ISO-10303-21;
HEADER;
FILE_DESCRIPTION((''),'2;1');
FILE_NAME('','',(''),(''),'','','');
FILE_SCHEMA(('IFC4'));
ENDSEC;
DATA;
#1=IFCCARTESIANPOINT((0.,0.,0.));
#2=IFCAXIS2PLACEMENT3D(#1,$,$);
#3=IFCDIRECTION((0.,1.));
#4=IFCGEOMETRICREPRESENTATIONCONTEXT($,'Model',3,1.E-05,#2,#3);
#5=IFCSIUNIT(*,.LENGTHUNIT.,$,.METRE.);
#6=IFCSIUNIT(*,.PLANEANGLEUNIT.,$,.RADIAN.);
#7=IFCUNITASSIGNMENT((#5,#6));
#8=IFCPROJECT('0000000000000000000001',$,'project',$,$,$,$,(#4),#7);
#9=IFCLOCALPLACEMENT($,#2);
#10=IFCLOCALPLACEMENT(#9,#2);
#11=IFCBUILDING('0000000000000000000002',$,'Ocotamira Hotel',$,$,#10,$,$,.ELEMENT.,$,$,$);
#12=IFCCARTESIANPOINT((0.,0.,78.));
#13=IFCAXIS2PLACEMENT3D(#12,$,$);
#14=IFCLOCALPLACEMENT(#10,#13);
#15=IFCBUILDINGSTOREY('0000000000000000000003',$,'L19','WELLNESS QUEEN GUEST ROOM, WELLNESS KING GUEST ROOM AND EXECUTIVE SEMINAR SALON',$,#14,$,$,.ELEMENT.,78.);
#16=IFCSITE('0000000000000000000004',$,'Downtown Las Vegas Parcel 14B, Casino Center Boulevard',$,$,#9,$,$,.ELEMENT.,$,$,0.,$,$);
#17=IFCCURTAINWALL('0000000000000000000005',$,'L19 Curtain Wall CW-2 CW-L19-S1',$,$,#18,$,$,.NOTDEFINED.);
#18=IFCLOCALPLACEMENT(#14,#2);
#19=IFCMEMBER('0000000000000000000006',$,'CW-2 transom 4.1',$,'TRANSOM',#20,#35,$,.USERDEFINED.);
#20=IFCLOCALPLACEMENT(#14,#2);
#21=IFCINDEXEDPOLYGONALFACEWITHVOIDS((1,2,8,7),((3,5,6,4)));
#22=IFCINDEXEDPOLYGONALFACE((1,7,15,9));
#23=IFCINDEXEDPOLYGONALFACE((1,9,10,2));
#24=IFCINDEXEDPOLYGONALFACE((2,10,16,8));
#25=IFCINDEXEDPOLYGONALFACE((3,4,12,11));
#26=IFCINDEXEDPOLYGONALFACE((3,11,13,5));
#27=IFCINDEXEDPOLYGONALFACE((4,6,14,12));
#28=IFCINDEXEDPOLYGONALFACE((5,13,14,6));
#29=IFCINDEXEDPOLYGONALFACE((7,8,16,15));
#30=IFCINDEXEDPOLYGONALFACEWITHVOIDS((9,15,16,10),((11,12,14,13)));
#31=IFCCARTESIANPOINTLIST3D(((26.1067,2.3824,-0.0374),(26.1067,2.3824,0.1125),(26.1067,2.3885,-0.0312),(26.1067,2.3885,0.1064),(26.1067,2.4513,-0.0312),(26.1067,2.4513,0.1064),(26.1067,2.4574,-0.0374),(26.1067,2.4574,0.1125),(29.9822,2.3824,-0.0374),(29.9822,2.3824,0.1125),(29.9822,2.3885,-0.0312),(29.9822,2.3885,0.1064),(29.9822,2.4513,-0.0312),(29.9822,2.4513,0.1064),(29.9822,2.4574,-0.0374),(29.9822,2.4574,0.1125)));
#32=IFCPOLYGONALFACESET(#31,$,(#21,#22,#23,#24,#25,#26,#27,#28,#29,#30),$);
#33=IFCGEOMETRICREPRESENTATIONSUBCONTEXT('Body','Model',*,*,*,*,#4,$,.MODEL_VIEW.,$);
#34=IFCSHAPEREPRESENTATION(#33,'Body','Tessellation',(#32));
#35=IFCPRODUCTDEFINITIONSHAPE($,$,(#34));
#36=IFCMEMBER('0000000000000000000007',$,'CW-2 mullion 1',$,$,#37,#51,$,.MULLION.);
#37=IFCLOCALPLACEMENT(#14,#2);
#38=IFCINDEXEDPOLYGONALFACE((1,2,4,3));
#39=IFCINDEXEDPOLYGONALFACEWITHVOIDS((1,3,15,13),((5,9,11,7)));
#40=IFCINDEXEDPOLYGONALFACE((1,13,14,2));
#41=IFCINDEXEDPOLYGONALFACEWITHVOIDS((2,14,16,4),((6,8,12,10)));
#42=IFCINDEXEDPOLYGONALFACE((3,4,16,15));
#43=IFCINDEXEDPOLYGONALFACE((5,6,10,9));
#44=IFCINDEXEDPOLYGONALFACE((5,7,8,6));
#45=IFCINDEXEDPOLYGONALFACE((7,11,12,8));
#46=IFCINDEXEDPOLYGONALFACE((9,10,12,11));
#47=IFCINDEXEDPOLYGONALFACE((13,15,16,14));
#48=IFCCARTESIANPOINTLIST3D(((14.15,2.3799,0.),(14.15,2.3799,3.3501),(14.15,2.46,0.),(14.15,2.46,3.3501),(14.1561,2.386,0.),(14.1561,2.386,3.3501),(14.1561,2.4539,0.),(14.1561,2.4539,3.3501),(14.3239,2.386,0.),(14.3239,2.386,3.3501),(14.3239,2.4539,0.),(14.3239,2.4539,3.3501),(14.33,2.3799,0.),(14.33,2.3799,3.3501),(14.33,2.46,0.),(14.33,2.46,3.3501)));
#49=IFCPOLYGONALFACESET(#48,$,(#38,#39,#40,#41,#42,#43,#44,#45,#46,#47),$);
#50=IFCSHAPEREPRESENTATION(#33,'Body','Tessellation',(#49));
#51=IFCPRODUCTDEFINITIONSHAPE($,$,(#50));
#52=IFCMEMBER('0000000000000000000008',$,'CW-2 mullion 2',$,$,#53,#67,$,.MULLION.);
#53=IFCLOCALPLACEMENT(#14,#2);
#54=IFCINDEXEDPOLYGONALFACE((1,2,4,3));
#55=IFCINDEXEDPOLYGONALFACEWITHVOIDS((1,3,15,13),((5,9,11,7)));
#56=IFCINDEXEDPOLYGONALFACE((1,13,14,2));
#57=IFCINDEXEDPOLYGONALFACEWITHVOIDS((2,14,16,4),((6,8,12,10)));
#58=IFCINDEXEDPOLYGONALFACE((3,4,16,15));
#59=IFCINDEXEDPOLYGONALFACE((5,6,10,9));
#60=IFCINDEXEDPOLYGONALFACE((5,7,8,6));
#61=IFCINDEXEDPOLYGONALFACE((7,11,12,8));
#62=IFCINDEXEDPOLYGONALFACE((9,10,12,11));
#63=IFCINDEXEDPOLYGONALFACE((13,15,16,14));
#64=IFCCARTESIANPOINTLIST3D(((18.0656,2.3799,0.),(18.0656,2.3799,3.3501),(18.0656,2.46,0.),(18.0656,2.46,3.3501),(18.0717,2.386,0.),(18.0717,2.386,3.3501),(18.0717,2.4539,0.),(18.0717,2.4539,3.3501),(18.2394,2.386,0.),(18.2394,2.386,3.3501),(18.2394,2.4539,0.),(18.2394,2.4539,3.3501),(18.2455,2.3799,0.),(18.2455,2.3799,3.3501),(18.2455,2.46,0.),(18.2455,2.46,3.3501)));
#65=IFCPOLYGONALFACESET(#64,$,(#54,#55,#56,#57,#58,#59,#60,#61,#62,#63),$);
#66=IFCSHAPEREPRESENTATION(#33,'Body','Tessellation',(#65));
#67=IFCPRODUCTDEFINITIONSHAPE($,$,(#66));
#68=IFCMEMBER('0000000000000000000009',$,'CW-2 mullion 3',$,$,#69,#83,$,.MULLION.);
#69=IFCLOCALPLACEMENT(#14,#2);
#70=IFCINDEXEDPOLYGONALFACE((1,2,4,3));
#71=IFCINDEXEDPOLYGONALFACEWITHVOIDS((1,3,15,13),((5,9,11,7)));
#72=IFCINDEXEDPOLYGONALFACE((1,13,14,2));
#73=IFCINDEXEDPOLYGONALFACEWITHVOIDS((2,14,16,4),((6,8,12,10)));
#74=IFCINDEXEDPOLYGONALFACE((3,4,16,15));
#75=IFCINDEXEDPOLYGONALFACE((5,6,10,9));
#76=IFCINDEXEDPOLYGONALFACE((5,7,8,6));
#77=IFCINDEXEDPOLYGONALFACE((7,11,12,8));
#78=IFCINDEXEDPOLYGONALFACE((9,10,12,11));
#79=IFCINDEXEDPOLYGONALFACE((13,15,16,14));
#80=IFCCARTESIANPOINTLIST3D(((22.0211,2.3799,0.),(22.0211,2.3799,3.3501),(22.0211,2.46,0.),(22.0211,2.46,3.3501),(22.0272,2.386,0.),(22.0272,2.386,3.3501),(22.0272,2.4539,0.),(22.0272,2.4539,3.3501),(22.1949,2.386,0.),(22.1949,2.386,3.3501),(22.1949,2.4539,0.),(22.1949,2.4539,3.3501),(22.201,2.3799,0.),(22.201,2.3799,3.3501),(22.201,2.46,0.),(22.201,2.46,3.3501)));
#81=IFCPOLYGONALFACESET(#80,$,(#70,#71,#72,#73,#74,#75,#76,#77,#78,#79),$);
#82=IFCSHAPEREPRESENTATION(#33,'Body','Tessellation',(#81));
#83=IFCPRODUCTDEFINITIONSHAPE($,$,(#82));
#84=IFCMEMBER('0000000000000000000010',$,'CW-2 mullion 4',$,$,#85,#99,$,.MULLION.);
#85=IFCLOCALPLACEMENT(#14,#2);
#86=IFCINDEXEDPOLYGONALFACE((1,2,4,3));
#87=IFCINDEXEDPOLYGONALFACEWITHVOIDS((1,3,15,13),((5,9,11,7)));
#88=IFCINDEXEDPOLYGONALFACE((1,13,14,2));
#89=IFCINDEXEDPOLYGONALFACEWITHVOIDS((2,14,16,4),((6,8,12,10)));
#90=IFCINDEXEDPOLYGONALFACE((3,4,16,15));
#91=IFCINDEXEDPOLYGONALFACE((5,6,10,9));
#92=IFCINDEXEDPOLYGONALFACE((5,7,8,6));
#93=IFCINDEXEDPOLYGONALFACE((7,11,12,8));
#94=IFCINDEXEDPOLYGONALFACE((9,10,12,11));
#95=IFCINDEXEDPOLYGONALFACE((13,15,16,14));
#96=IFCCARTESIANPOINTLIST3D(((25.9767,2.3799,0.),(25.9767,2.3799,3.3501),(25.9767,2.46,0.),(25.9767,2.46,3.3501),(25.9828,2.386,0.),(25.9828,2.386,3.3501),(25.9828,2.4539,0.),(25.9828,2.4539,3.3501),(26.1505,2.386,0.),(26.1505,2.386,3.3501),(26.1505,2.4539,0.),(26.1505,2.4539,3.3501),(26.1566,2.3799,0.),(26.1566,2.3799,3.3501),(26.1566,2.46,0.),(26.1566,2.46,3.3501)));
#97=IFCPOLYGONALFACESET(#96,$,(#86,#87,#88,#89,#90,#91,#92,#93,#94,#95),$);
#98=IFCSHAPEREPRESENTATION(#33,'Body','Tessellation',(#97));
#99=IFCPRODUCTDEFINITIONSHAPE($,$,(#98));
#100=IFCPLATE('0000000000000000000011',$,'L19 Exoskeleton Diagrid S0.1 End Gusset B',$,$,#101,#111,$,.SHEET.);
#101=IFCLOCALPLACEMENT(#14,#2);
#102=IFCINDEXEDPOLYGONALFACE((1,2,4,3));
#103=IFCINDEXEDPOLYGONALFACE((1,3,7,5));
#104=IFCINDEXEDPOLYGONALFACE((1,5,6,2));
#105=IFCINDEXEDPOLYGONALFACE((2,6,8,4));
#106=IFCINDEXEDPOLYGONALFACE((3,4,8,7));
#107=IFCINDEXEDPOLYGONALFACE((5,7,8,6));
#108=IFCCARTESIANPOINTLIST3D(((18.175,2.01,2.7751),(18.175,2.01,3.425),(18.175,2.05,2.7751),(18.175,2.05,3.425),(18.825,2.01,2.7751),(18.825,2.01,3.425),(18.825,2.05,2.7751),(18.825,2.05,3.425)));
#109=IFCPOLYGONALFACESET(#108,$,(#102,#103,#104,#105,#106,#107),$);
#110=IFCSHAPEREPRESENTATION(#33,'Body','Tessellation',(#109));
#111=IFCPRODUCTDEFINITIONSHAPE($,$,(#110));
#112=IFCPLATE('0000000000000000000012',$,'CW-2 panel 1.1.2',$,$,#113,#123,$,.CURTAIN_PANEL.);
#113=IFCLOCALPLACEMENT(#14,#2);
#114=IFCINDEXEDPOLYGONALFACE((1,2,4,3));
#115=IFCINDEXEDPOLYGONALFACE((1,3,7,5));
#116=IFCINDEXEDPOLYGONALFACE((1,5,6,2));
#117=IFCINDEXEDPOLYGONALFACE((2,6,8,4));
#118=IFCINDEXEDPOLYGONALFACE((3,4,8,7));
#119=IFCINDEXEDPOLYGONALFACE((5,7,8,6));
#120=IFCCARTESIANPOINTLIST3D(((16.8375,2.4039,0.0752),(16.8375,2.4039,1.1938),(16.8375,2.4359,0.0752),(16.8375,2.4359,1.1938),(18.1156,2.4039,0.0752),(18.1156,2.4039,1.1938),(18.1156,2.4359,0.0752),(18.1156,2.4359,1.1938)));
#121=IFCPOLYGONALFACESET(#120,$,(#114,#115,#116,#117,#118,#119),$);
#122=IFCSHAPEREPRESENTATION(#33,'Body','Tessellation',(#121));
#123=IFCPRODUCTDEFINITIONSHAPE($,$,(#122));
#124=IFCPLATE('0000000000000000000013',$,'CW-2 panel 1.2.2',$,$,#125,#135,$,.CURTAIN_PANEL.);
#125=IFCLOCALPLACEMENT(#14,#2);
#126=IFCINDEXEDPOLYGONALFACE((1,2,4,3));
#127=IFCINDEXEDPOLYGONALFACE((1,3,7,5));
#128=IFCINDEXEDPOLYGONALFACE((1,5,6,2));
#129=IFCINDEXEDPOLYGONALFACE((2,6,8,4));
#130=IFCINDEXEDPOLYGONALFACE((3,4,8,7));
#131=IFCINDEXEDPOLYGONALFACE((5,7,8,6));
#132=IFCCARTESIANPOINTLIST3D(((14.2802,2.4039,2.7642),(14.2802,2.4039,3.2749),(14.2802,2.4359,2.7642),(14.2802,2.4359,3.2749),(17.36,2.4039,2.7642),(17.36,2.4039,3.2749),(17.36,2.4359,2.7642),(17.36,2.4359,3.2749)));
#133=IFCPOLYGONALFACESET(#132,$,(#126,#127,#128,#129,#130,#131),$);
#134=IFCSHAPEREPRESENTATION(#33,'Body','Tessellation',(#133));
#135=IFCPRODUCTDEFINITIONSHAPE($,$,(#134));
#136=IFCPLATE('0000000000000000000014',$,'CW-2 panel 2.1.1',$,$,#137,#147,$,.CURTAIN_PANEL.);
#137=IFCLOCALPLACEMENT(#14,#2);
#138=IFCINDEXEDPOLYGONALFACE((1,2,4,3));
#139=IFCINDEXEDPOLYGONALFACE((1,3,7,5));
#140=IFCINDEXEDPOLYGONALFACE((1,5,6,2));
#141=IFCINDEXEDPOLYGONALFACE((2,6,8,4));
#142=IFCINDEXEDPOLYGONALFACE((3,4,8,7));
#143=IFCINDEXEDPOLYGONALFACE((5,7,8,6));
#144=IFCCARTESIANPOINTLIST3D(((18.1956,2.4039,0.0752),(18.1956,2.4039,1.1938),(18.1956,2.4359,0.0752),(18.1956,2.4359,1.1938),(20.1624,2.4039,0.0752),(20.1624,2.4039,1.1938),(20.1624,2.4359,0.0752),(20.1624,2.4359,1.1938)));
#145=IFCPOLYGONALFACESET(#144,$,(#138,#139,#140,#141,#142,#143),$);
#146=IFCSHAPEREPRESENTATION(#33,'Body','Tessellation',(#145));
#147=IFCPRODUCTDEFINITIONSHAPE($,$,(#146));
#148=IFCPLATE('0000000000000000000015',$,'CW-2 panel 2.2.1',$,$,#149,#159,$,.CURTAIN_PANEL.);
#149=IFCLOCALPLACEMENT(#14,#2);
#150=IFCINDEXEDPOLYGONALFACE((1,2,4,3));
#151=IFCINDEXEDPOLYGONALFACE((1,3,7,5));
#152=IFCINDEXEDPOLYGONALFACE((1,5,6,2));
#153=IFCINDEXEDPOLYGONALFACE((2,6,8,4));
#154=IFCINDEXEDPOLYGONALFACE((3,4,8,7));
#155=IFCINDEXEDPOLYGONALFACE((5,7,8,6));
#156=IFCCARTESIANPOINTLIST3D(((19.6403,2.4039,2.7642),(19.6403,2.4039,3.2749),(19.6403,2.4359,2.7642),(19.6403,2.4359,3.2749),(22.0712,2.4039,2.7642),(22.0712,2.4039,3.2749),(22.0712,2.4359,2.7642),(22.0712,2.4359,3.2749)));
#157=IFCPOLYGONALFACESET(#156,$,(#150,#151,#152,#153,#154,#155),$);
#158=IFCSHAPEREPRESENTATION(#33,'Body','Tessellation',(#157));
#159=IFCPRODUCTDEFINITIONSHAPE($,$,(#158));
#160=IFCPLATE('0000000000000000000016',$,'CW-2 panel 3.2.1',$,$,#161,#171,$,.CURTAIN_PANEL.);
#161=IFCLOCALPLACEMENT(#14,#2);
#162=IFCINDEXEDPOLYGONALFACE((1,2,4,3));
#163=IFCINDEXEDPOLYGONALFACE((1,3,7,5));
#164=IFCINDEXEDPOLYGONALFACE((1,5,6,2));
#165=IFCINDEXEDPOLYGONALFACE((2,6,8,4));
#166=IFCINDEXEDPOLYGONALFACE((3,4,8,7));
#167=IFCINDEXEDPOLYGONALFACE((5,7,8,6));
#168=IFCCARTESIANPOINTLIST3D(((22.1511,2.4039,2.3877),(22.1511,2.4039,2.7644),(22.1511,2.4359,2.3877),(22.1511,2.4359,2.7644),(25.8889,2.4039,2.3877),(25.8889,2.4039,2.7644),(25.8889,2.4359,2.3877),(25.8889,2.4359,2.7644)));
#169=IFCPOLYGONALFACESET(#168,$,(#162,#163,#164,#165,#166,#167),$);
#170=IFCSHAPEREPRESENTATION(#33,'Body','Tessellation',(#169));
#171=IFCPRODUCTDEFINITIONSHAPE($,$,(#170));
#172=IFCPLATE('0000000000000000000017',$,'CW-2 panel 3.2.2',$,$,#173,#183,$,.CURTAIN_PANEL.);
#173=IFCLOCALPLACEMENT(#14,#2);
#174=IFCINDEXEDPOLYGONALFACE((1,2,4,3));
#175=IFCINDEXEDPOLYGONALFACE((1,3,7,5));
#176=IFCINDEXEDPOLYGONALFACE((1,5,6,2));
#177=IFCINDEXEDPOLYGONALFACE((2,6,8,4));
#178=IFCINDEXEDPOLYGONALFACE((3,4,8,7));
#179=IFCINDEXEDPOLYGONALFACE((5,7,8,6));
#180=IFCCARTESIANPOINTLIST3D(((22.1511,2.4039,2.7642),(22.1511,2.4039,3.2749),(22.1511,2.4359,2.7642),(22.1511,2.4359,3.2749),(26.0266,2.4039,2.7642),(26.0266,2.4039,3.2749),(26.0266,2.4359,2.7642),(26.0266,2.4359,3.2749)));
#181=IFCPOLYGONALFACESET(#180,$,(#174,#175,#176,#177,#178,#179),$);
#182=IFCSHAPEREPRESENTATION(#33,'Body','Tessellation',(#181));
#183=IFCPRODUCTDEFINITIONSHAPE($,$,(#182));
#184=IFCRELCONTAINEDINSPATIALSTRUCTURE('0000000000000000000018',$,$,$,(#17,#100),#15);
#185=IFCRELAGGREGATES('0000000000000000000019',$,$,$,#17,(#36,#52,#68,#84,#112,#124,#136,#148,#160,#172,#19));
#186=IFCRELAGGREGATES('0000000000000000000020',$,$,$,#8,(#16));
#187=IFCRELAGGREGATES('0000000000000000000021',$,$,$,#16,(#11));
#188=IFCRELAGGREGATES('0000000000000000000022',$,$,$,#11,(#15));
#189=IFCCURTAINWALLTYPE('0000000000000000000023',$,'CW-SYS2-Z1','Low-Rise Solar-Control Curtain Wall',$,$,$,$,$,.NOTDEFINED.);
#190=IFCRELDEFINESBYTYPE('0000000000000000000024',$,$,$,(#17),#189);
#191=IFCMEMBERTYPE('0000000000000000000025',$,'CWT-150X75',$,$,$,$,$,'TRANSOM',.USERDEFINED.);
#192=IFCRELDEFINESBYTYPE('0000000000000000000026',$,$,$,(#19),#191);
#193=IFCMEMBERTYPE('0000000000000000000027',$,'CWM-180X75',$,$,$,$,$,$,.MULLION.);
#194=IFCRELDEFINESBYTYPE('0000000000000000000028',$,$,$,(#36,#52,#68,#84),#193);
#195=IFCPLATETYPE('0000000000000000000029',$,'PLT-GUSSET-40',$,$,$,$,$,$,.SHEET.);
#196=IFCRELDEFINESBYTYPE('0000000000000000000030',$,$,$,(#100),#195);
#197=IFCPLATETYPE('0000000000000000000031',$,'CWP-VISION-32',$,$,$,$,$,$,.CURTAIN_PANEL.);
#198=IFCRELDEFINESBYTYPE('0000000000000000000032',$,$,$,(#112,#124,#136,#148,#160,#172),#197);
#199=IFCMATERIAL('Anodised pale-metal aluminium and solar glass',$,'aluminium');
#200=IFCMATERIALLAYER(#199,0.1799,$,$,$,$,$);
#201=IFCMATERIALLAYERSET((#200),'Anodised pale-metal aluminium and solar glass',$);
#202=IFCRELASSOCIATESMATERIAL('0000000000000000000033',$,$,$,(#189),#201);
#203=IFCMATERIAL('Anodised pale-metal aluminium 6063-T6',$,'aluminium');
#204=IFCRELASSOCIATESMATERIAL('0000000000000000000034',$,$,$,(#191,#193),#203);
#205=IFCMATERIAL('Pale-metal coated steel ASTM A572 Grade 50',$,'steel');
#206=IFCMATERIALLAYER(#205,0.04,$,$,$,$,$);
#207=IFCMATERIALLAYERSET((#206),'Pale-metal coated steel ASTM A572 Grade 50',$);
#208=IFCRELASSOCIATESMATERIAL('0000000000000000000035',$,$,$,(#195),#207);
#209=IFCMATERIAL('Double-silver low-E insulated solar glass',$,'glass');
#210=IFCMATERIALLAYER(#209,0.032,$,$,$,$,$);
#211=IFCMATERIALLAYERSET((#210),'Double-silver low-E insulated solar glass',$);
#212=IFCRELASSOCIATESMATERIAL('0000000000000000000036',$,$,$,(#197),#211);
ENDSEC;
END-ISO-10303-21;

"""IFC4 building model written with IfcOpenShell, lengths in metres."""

from ifc_helpers import new_model, si_unit, direction, frame, origin, origin_2d, place, context, subcontext, project, spatial, rectangle, hollow_rectangle, extrude, source, transform, mapped, material, layer, layer_set, material_profile, profile_set, type_object, element, aggregate, save


model = new_model("IFC4")

# Units and contexts
model_context = context("Model", 3, precision=1e-05, world=origin(), true_north=direction((0.0, 1.0)))
body_context = subcontext(model_context, "Body", "Model", "MODEL_VIEW")
ifc_project = project(units=[si_unit("LENGTHUNIT", "METRE"), si_unit("PLANEANGLEUNIT", "RADIAN")], contexts=[model_context])

# Site, building, storey
site_placement = place(None, origin())
site = spatial("IfcSite", under=ifc_project, at=site_placement, Name="Downtown Las Vegas Parcel 14B, Casino Center Boulevard", CompositionType="ELEMENT", RefElevation=0.0)
building_placement = place(site_placement, origin())
building = spatial("IfcBuilding", under=site, at=building_placement, Name="Ocotamira Hotel", CompositionType="ELEMENT")
storey_placement = place(building_placement, frame((0.0, 0.0, 78.0)))
storey = spatial("IfcBuildingStorey", under=building, at=storey_placement, Name="L19", Description="WELLNESS QUEEN GUEST ROOM, WELLNESS KING GUEST ROOM AND EXECUTIVE SEMINAR SALON", CompositionType="ELEMENT", Elevation=78.0)

# Curtain wall, members
ifc_material_1 = material(Name="Anodised pale-metal aluminium and solar glass", Category="aluminium")
ifc_layer_1 = layer(ifc_material_1, 0.1799)
ifc_layer_set_1 = layer_set([ifc_layer_1], Name="Anodised pale-metal aluminium and solar glass")
curtain_wall_type = type_object("IfcCurtainWallType", Name="CW-SYS2-Z1", Description="Low-Rise Solar-Control Curtain Wall", PredefinedType="NOTDEFINED", material=ifc_layer_set_1)
curtain_wall_placement = place(storey_placement, origin())
curtain_wall = element("IfcCurtainWall", 1, at=curtain_wall_placement, inside=storey, type_object=curtain_wall_type, Name="L19 Curtain Wall CW-2 CW-L19-S1", PredefinedType="NOTDEFINED")
ifc_material_2 = material(Name="Anodised pale-metal aluminium 6063-T6", Category="aluminium")
ifc_material_profile_1 = material_profile(ifc_material_2, hollow_rectangle(XDim=0.075, YDim=0.1499, WallThickness=0.0061, at=origin_2d()), Name="HSS150X75X6")
ifc_profile_set_1 = profile_set([ifc_material_profile_1], Name="Anodised pale-metal aluminium 6063-T6")
member_type_1 = type_object("IfcMemberType", Name="CWT-150X75", ElementType="TRANSOM", PredefinedType="USERDEFINED", material=ifc_profile_set_1)
shared_shape_1 = source(origin(), body_context, "Body", "SweptSolid", [
    extrude(hollow_rectangle(XDim=0.075, YDim=0.1499, WallThickness=0.0061, at=origin_2d()), origin(), (0.0, 0.0, 1.0), 3.8755),
])
member_1_placement = place(storey_placement, frame((26.1067, 2.4199, 0.0376), z_axis=(1.0, 0.0, 0.0), x_axis=(0.0, 1.0, 0.0)))
member_1 = element("IfcMember", 2, at=member_1_placement, type_object=member_type_1, Name="CW-2 transom 4.1", ObjectType="TRANSOM", PredefinedType="USERDEFINED", context=body_context, shape_type="MappedRepresentation", body=[
    mapped(shared_shape_1, transform((0.0, 0.0, 0.0), scale=1.0)),
])
ifc_material_profile_2 = material_profile(ifc_material_2, hollow_rectangle(XDim=0.0801, YDim=0.1799, WallThickness=0.0061, at=origin_2d()), Name="HSS180X80X6")
ifc_profile_set_2 = profile_set([ifc_material_profile_2], Name="Anodised pale-metal aluminium 6063-T6")
member_type_2 = type_object("IfcMemberType", Name="CWM-180X75", PredefinedType="MULLION", material=ifc_profile_set_2)
shared_shape_2 = source(origin(), body_context, "Body", "SweptSolid", [
    extrude(hollow_rectangle(XDim=0.0801, YDim=0.1799, WallThickness=0.0061, at=origin_2d()), origin(), (0.0, 0.0, 1.0), 3.3501),
])
member_2_placement = place(storey_placement, frame((14.24, 2.4199, 0.0), z_axis=(0.0, 0.0, 1.0), x_axis=(0.0, 1.0, 0.0)))
member_2 = element("IfcMember", 3, at=member_2_placement, type_object=member_type_2, Name="CW-2 mullion 1", PredefinedType="MULLION", context=body_context, shape_type="MappedRepresentation", body=[
    mapped(shared_shape_2, transform((0.0, 0.0, 0.0), scale=1.0)),
])
member_3_placement = place(storey_placement, frame((18.1555, 2.4199, 0.0), z_axis=(0.0, 0.0, 1.0), x_axis=(0.0, 1.0, 0.0)))
member_3 = element("IfcMember", 4, at=member_3_placement, type_object=member_type_2, Name="CW-2 mullion 2", PredefinedType="MULLION", context=body_context, shape_type="MappedRepresentation", body=[
    mapped(shared_shape_2, transform((0.0, 0.0, 0.0), scale=1.0)),
])
member_4_placement = place(storey_placement, frame((22.1111, 2.4199, 0.0), z_axis=(0.0, 0.0, 1.0), x_axis=(0.0, 1.0, 0.0)))
member_4 = element("IfcMember", 5, at=member_4_placement, type_object=member_type_2, Name="CW-2 mullion 3", PredefinedType="MULLION", context=body_context, shape_type="MappedRepresentation", body=[
    mapped(shared_shape_2, transform((0.0, 0.0, 0.0), scale=1.0)),
])
member_5_placement = place(storey_placement, frame((26.0667, 2.4199, 0.0), z_axis=(0.0, 0.0, 1.0), x_axis=(0.0, 1.0, 0.0)))
member_5 = element("IfcMember", 6, at=member_5_placement, type_object=member_type_2, Name="CW-2 mullion 4", PredefinedType="MULLION", context=body_context, shape_type="MappedRepresentation", body=[
    mapped(shared_shape_2, transform((0.0, 0.0, 0.0), scale=1.0)),
])

# Plates
ifc_material_3 = material(Name="Pale-metal coated steel ASTM A572 Grade 50", Category="steel")
ifc_layer_2 = layer(ifc_material_3, 0.04)
ifc_layer_set_2 = layer_set([ifc_layer_2], Name="Pale-metal coated steel ASTM A572 Grade 50")
plate_type_1 = type_object("IfcPlateType", Name="PLT-GUSSET-40", PredefinedType="SHEET", material=ifc_layer_set_2)
shared_shape_3 = source(origin(), body_context, "Body", "SweptSolid", [
    extrude(rectangle(XDim=0.6499, YDim=0.04, at=origin_2d()), origin(), (0.0, 0.0, 1.0), 0.6499),
])
plate_1_placement = place(storey_placement, frame((18.5, 2.03, 2.7751), z_axis=(0.0, 0.0, 1.0), x_axis=(1.0, 0.0, 0.0)))
element("IfcPlate", 7, at=plate_1_placement, inside=storey, type_object=plate_type_1, Name="L19 Exoskeleton Diagrid S0.1 End Gusset B", PredefinedType="SHEET", context=body_context, shape_type="MappedRepresentation", body=[
    mapped(shared_shape_3, transform((0.0, 0.0, 0.0), scale=1.0)),
])
ifc_material_4 = material(Name="Double-silver low-E insulated solar glass", Category="glass")
ifc_layer_3 = layer(ifc_material_4, 0.032)
ifc_layer_set_3 = layer_set([ifc_layer_3], Name="Double-silver low-E insulated solar glass")
plate_type_2 = type_object("IfcPlateType", Name="CWP-VISION-32", PredefinedType="CURTAIN_PANEL", material=ifc_layer_set_3)
shared_shape_4 = source(origin(), body_context, "Body", "SweptSolid", [
    extrude(rectangle(XDim=1.2781, YDim=0.032, at=origin_2d()), origin(), (0.0, 0.0, 1.0), 1.1187),
])
plate_2_placement = place(storey_placement, frame((17.4766, 2.4199, 0.0752), z_axis=(0.0, 0.0, 1.0), x_axis=(1.0, 0.0, 0.0)))
plate_2 = element("IfcPlate", 8, at=plate_2_placement, type_object=plate_type_2, Name="CW-2 panel 1.1.2", PredefinedType="CURTAIN_PANEL", context=body_context, shape_type="MappedRepresentation", body=[
    mapped(shared_shape_4, transform((0.0, 0.0, 0.0), scale=1.0)),
])
shared_shape_5 = source(origin(), body_context, "Body", "SweptSolid", [
    extrude(rectangle(XDim=3.0798, YDim=0.032, at=origin_2d()), origin(), (0.0, 0.0, 1.0), 0.5107),
])
plate_3_placement = place(storey_placement, frame((15.8201, 2.4199, 2.7642), z_axis=(0.0, 0.0, 1.0), x_axis=(1.0, 0.0, 0.0)))
plate_3 = element("IfcPlate", 9, at=plate_3_placement, type_object=plate_type_2, Name="CW-2 panel 1.2.2", PredefinedType="CURTAIN_PANEL", context=body_context, shape_type="MappedRepresentation", body=[
    mapped(shared_shape_5, transform((0.0, 0.0, 0.0), scale=1.0)),
])
shared_shape_6 = source(origin(), body_context, "Body", "SweptSolid", [
    extrude(rectangle(XDim=1.9668, YDim=0.032, at=origin_2d()), origin(), (0.0, 0.0, 1.0), 1.1187),
])
plate_4_placement = place(storey_placement, frame((19.179, 2.4199, 0.0752), z_axis=(0.0, 0.0, 1.0), x_axis=(1.0, 0.0, 0.0)))
plate_4 = element("IfcPlate", 10, at=plate_4_placement, type_object=plate_type_2, Name="CW-2 panel 2.1.1", PredefinedType="CURTAIN_PANEL", context=body_context, shape_type="MappedRepresentation", body=[
    mapped(shared_shape_6, transform((0.0, 0.0, 0.0), scale=1.0)),
])
shared_shape_7 = source(origin(), body_context, "Body", "SweptSolid", [
    extrude(rectangle(XDim=2.4309, YDim=0.032, at=origin_2d()), origin(), (0.0, 0.0, 1.0), 0.5107),
])
plate_5_placement = place(storey_placement, frame((20.8557, 2.4199, 2.7642), z_axis=(0.0, 0.0, 1.0), x_axis=(1.0, 0.0, 0.0)))
plate_5 = element("IfcPlate", 11, at=plate_5_placement, type_object=plate_type_2, Name="CW-2 panel 2.2.1", PredefinedType="CURTAIN_PANEL", context=body_context, shape_type="MappedRepresentation", body=[
    mapped(shared_shape_7, transform((0.0, 0.0, 0.0), scale=1.0)),
])
shared_shape_8 = source(origin(), body_context, "Body", "SweptSolid", [
    extrude(rectangle(XDim=3.7378, YDim=0.032, at=origin_2d()), origin(), (0.0, 0.0, 1.0), 0.3767),
])
plate_6_placement = place(storey_placement, frame((24.02, 2.4199, 2.3877), z_axis=(0.0, 0.0, 1.0), x_axis=(1.0, 0.0, 0.0)))
plate_6 = element("IfcPlate", 12, at=plate_6_placement, type_object=plate_type_2, Name="CW-2 panel 3.2.1", PredefinedType="CURTAIN_PANEL", context=body_context, shape_type="MappedRepresentation", body=[
    mapped(shared_shape_8, transform((0.0, 0.0, 0.0), scale=1.0)),
])
shared_shape_9 = source(origin(), body_context, "Body", "SweptSolid", [
    extrude(rectangle(XDim=3.8755, YDim=0.032, at=origin_2d()), origin(), (0.0, 0.0, 1.0), 0.5107),
])
plate_7_placement = place(storey_placement, frame((24.0889, 2.4199, 2.7642), z_axis=(0.0, 0.0, 1.0), x_axis=(1.0, 0.0, 0.0)))
plate_7 = element("IfcPlate", 13, at=plate_7_placement, type_object=plate_type_2, Name="CW-2 panel 3.2.2", PredefinedType="CURTAIN_PANEL", context=body_context, shape_type="MappedRepresentation", body=[
    mapped(shared_shape_9, transform((0.0, 0.0, 0.0), scale=1.0)),
])
aggregate(curtain_wall, [member_2, member_3, member_4, member_5, plate_2, plate_3, plate_4, plate_5, plate_6, plate_7, member_1])

save(model, "model.ifc")
